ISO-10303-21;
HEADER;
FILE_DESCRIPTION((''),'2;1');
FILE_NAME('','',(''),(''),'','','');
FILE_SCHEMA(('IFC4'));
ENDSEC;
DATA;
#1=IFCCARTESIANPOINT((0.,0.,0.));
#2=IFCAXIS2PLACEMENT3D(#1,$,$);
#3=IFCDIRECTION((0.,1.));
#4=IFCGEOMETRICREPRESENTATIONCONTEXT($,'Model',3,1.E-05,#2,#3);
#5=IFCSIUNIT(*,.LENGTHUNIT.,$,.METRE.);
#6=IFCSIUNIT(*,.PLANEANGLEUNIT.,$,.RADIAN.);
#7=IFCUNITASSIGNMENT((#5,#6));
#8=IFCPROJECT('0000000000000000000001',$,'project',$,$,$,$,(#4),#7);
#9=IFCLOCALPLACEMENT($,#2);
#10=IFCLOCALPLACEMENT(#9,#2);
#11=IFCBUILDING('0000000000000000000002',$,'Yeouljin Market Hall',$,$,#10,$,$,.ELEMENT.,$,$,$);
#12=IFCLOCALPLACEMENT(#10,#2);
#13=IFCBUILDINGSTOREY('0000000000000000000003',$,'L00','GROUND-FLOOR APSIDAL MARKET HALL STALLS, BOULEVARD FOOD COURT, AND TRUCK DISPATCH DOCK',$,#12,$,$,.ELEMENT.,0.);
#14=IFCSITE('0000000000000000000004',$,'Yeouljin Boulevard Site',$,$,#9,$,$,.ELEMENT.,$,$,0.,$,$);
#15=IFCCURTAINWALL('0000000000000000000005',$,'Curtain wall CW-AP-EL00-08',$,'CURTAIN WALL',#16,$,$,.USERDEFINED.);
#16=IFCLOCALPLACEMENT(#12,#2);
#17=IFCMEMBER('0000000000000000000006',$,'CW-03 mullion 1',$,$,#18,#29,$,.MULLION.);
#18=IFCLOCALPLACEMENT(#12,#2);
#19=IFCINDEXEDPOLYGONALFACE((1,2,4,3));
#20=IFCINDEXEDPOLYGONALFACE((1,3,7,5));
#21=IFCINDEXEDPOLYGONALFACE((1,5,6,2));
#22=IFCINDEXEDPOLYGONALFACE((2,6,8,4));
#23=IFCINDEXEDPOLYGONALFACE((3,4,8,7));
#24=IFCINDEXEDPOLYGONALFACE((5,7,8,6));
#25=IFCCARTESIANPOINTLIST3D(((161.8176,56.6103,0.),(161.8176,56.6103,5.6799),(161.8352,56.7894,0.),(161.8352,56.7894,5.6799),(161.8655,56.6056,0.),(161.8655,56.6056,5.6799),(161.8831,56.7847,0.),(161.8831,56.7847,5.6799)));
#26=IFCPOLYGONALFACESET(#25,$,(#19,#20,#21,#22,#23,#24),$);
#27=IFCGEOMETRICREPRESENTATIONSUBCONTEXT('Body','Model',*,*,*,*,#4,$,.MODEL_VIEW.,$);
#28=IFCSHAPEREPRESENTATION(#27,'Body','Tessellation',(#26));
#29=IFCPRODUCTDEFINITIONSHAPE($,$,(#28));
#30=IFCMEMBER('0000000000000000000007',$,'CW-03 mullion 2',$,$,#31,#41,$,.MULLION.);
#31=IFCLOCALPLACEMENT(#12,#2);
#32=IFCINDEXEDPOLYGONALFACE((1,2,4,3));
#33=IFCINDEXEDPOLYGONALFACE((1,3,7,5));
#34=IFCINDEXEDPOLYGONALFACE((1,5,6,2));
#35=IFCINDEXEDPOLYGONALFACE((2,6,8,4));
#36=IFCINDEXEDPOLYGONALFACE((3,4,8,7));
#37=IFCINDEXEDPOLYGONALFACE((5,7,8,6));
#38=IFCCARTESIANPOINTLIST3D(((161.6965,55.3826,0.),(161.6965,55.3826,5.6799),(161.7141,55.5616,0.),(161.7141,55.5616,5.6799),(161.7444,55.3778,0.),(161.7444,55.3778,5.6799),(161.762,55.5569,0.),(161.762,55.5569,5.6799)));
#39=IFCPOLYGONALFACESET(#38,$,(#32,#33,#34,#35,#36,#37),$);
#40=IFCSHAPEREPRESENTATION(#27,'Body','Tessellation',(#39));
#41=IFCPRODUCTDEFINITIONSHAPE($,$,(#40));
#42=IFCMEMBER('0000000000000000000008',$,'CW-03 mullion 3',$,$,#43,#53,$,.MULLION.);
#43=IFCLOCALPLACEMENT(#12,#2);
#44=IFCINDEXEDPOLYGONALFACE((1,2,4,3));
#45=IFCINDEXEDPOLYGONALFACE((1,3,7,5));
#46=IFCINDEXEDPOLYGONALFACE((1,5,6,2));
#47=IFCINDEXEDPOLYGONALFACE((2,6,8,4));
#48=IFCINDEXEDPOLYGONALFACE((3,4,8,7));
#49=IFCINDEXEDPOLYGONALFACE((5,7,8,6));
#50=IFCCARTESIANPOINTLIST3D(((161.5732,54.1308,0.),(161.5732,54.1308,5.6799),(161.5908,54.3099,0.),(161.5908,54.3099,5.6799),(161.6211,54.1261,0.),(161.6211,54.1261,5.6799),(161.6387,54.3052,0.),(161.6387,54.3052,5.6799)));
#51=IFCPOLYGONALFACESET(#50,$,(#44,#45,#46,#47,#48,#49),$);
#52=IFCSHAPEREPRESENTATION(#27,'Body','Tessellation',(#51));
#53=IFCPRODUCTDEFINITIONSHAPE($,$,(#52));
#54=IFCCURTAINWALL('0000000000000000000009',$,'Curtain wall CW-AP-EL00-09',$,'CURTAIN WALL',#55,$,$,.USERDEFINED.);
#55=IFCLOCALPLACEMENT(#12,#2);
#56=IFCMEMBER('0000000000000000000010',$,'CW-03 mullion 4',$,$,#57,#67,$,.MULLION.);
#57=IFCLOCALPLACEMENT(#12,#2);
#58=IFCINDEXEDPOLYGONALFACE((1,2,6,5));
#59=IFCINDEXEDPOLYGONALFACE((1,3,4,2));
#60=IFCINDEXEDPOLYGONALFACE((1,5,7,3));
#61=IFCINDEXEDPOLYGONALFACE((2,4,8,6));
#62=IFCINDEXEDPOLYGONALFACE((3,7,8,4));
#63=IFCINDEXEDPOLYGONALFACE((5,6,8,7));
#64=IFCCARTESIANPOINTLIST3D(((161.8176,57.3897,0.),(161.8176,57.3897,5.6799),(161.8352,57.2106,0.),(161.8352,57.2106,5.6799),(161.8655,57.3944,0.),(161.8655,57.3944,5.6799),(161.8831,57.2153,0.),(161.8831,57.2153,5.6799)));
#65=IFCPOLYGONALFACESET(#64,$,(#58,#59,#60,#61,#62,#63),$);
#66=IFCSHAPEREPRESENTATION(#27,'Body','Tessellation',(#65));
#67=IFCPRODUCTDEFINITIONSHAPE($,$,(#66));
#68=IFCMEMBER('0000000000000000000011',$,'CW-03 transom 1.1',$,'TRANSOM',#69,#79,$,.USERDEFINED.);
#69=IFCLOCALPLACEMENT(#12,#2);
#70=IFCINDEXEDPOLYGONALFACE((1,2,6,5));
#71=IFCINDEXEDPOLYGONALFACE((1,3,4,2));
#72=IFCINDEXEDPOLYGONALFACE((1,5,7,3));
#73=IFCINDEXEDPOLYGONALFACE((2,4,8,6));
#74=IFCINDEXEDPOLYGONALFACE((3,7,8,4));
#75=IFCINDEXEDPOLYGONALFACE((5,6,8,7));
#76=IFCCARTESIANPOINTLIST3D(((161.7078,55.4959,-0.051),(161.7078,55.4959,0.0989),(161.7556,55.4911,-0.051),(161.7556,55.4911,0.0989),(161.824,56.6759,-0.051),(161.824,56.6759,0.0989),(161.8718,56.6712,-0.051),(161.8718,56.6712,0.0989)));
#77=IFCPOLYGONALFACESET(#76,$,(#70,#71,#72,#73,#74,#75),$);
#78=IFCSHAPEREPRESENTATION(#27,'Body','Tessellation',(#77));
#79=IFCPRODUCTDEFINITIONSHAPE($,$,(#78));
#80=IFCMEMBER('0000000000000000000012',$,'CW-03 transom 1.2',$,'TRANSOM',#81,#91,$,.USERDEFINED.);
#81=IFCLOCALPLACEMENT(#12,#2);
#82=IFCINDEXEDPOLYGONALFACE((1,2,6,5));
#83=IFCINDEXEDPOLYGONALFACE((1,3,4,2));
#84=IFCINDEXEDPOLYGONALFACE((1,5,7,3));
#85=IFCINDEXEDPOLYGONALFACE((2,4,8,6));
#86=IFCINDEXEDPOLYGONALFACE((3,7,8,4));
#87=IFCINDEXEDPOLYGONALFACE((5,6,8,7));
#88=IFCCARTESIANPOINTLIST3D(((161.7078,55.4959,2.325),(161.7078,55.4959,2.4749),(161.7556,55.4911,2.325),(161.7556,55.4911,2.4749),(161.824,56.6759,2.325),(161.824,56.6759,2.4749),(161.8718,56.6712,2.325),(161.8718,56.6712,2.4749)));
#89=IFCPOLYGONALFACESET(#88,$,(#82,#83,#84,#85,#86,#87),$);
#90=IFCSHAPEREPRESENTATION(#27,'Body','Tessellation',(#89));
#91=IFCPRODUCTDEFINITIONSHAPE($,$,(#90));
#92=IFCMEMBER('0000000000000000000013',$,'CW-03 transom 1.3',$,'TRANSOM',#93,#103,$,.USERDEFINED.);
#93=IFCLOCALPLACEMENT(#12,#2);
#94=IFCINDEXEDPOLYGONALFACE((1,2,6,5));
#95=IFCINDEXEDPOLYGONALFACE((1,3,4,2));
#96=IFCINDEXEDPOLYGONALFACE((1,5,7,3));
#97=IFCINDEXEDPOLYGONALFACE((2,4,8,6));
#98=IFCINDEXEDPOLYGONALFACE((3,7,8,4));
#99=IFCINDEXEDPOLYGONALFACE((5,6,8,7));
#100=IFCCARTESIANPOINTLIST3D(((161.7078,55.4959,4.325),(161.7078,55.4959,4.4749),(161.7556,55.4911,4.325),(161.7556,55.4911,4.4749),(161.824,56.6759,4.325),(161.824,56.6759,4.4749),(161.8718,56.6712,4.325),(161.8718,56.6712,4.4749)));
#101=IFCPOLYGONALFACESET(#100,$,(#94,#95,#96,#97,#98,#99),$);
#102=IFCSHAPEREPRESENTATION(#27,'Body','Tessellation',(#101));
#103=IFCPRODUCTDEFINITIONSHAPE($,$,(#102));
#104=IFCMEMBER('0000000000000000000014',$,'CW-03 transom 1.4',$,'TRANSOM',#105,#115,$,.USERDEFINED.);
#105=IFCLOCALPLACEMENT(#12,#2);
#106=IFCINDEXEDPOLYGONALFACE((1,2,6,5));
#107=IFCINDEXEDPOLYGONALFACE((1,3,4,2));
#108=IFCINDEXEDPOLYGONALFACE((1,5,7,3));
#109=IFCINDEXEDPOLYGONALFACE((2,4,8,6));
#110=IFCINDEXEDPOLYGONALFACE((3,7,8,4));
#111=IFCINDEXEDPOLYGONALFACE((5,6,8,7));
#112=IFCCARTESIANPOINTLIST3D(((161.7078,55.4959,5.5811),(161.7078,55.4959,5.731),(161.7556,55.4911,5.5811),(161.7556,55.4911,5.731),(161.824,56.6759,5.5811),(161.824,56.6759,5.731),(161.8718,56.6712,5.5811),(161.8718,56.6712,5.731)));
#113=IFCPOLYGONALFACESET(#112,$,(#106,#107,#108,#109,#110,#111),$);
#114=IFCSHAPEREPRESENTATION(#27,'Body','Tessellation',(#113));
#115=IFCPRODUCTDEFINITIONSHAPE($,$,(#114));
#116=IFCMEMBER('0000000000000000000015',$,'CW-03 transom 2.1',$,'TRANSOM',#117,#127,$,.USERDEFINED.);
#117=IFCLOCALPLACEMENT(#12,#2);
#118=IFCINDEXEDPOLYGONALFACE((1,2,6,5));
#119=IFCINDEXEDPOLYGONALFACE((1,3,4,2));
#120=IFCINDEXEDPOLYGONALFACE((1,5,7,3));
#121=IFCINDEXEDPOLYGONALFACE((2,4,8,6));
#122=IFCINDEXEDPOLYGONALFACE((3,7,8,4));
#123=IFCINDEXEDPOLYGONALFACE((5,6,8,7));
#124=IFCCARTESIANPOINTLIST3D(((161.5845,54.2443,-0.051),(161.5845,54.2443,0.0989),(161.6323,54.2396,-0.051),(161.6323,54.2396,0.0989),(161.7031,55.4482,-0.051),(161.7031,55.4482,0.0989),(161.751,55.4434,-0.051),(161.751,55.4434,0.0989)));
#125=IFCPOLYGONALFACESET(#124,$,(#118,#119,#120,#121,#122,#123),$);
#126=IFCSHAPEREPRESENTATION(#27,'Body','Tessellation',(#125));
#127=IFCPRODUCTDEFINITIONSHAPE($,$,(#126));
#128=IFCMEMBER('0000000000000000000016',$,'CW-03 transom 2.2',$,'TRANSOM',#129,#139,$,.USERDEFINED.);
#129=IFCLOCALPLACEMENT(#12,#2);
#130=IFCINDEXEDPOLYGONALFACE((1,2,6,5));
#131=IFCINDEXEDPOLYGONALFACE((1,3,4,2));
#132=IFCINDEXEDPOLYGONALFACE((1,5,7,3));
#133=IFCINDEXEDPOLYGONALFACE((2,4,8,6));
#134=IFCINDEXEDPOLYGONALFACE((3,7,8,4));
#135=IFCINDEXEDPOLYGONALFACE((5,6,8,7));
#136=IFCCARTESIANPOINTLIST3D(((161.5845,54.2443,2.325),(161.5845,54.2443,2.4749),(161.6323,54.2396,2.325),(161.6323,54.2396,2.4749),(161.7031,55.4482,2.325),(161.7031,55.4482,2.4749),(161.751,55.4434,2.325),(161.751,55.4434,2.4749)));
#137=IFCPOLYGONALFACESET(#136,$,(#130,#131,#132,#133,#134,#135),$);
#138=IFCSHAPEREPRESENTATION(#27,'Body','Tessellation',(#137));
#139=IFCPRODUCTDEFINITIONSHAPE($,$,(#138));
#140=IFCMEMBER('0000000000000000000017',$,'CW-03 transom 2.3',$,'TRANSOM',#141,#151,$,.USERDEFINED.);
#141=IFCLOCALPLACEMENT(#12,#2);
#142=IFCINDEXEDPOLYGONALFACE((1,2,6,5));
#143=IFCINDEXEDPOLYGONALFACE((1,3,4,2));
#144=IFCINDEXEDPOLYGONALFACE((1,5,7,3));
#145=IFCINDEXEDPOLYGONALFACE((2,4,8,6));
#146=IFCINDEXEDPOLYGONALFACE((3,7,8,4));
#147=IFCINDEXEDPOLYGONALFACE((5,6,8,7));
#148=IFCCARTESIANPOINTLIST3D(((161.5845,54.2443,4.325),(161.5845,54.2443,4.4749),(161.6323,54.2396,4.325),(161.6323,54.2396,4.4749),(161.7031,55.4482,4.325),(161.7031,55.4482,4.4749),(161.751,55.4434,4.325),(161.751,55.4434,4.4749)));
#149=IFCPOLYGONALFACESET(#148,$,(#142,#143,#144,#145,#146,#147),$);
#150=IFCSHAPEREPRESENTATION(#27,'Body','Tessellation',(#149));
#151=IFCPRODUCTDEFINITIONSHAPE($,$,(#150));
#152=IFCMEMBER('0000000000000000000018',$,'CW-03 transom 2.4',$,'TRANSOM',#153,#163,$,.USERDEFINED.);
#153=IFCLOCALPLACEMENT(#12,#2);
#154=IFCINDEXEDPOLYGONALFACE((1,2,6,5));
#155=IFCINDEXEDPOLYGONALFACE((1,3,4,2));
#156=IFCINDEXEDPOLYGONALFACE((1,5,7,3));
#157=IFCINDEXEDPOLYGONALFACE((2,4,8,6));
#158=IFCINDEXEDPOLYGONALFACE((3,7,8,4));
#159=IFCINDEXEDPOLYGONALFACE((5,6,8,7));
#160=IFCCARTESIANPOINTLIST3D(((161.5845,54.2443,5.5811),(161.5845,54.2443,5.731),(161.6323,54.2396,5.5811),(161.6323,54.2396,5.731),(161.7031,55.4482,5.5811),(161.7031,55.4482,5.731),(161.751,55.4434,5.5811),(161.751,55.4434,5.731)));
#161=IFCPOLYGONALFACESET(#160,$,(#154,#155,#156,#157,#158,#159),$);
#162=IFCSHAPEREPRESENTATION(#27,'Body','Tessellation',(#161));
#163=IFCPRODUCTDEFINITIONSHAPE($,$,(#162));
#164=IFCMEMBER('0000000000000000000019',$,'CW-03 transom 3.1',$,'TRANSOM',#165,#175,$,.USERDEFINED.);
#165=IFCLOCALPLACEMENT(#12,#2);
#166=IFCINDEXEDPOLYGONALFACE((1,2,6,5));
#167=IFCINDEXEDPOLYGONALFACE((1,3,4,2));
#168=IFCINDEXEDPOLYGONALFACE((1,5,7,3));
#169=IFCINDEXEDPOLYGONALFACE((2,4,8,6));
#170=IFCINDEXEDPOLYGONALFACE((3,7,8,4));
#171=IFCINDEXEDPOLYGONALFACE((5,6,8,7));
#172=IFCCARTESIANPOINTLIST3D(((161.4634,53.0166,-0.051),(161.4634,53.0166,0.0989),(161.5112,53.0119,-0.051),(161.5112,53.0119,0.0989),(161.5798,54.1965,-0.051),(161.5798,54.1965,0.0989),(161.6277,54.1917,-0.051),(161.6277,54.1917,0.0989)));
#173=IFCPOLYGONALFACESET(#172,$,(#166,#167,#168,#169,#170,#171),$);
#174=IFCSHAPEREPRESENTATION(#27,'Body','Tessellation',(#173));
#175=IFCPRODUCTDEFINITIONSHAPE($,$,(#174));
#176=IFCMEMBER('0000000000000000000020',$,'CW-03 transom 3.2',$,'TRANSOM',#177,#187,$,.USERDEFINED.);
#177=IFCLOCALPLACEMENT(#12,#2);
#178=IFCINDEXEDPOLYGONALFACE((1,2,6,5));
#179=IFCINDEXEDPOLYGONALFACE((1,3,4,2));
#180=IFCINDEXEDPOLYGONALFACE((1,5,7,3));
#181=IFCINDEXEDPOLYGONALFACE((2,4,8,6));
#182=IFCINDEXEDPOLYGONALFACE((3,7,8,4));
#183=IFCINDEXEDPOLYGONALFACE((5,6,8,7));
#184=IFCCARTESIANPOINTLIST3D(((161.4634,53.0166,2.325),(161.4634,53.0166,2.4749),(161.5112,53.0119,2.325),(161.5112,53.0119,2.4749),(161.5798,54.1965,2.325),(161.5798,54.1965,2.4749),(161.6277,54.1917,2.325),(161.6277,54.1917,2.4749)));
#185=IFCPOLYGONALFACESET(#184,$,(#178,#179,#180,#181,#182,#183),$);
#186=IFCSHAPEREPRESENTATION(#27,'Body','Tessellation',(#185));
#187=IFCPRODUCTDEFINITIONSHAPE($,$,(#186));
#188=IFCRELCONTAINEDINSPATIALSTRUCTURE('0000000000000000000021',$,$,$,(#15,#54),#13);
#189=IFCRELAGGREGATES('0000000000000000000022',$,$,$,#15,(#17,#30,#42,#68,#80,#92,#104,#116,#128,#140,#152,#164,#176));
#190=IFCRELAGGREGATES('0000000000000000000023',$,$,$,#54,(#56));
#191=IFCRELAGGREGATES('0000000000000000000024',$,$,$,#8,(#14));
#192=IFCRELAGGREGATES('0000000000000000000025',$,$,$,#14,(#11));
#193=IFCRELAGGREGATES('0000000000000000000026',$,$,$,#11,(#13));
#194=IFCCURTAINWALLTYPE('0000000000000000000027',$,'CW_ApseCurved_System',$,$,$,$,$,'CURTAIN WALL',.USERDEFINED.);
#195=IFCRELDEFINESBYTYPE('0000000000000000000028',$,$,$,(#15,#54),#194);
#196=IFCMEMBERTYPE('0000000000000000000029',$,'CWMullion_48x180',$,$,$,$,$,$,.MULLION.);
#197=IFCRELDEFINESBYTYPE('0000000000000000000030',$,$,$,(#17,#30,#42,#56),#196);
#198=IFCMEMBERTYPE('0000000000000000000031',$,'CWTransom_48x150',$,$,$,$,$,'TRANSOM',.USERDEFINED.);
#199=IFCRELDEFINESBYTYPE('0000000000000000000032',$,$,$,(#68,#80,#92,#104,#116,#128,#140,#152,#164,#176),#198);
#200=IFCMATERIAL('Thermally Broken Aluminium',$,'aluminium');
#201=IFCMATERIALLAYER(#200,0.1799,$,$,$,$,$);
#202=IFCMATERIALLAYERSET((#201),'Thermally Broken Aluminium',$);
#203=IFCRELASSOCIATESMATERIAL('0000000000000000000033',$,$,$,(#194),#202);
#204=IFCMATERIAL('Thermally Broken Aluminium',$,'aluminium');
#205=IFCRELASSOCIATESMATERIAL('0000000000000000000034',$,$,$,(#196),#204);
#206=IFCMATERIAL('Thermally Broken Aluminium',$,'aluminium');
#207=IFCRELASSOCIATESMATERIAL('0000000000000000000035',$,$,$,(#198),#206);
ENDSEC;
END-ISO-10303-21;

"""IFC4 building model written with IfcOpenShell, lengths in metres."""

from ifc_helpers import new_model, si_unit, direction, frame, origin, origin_2d, place, context, subcontext, project, spatial, rectangle, extrude, material, layer, layer_set, material_profile, profile_set, type_object, element, aggregate, save


model = new_model("IFC4")

# Units and contexts
model_context = context("Model", 3, precision=1e-05, world=origin(), true_north=direction((0.0, 1.0)))
body_context = subcontext(model_context, "Body", "Model", "MODEL_VIEW")
ifc_project = project(units=[si_unit("LENGTHUNIT", "METRE"), si_unit("PLANEANGLEUNIT", "RADIAN")], contexts=[model_context])

# Site, building, storey
site_placement = place(None, origin())
site = spatial("IfcSite", under=ifc_project, at=site_placement, Name="Yeouljin Boulevard Site", CompositionType="ELEMENT", RefElevation=0.0)
building_placement = place(site_placement, origin())
building = spatial("IfcBuilding", under=site, at=building_placement, Name="Yeouljin Market Hall", CompositionType="ELEMENT")
storey_placement = place(building_placement, origin())
storey = spatial("IfcBuildingStorey", under=building, at=storey_placement, Name="L00", Description="GROUND-FLOOR APSIDAL MARKET HALL STALLS, BOULEVARD FOOD COURT, AND TRUCK DISPATCH DOCK", CompositionType="ELEMENT", Elevation=0.0)

# Curtain wall, members
ifc_material_1 = material(Name="Thermally Broken Aluminium", Category="aluminium")
ifc_layer_1 = layer(ifc_material_1, 0.1799)
ifc_layer_set_1 = layer_set([ifc_layer_1], Name="Thermally Broken Aluminium")
curtain_wall_type = type_object("IfcCurtainWallType", Name="CW_ApseCurved_System", ElementType="CURTAIN WALL", PredefinedType="USERDEFINED", material=ifc_layer_set_1)
curtain_wall_1_placement = place(storey_placement, origin())
curtain_wall_1 = element("IfcCurtainWall", 1, at=curtain_wall_1_placement, inside=storey, type_object=curtain_wall_type, Name="Curtain wall CW-AP-EL00-08", ObjectType="CURTAIN WALL", PredefinedType="USERDEFINED")
ifc_material_2 = material(Name="Thermally Broken Aluminium", Category="aluminium")
ifc_material_profile_1 = material_profile(ifc_material_2, rectangle(XDim=0.0481, YDim=0.1799, at=origin_2d()), Name="CW-MULL-48x180")
ifc_profile_set_1 = profile_set([ifc_material_profile_1], Name="Thermally Broken Aluminium")
member_type_1 = type_object("IfcMemberType", Name="CWMullion_48x180", PredefinedType="MULLION", material=ifc_profile_set_1)
member_1_placement = place(storey_placement, frame((161.8503, 56.6975, 0.0), z_axis=(0.0, 0.0, 1.0), x_axis=(0.995183, -0.098034, 0.0)))
member_1 = element("IfcMember", 2, at=member_1_placement, type_object=member_type_1, Name="CW-03 mullion 1", PredefinedType="MULLION", context=body_context, shape_type="SweptSolid", body=[
    extrude(rectangle(XDim=0.0481, YDim=0.1799, at=origin_2d()), origin(), (0.0, 0.0, 1.0), 5.6799),
])
member_2_placement = place(storey_placement, frame((161.7292, 55.4697, 0.0), z_axis=(0.0, 0.0, 1.0), x_axis=(0.995183, -0.098034, 0.0)))
member_2 = element("IfcMember", 3, at=member_2_placement, type_object=member_type_1, Name="CW-03 mullion 2", PredefinedType="MULLION", context=body_context, shape_type="SweptSolid", body=[
    extrude(rectangle(XDim=0.0481, YDim=0.1799, at=origin_2d()), origin(), (0.0, 0.0, 1.0), 5.6799),
])
member_3_placement = place(storey_placement, frame((161.606, 54.218, 0.0), z_axis=(0.0, 0.0, 1.0), x_axis=(0.995183, -0.098034, 0.0)))
member_3 = element("IfcMember", 4, at=member_3_placement, type_object=member_type_1, Name="CW-03 mullion 3", PredefinedType="MULLION", context=body_context, shape_type="SweptSolid", body=[
    extrude(rectangle(XDim=0.0481, YDim=0.1799, at=origin_2d()), origin(), (0.0, 0.0, 1.0), 5.6799),
])

# Curtain wall, member
curtain_wall_2_placement = place(storey_placement, origin())
curtain_wall_2 = element("IfcCurtainWall", 5, at=curtain_wall_2_placement, inside=storey, type_object=curtain_wall_type, Name="Curtain wall CW-AP-EL00-09", ObjectType="CURTAIN WALL", PredefinedType="USERDEFINED")
member_4_placement = place(storey_placement, frame((161.8503, 57.3025, 0.0), z_axis=(0.0, 0.0, 1.0), x_axis=(0.995183, 0.098034, 0.0)))
member_4 = element("IfcMember", 6, at=member_4_placement, type_object=member_type_1, Name="CW-03 mullion 4", PredefinedType="MULLION", context=body_context, shape_type="SweptSolid", body=[
    extrude(rectangle(XDim=0.0481, YDim=0.1799, at=origin_2d()), origin(), (0.0, 0.0, 1.0), 5.6799),
])

# Members
ifc_material_3 = material(Name="Thermally Broken Aluminium", Category="aluminium")
ifc_material_profile_2 = material_profile(ifc_material_3, rectangle(XDim=0.0481, YDim=0.1499, at=origin_2d()), Name="CW-TRAN-48x150")
ifc_profile_set_2 = profile_set([ifc_material_profile_2], Name="Thermally Broken Aluminium")
member_type_2 = type_object("IfcMemberType", Name="CWTransom_48x150", ElementType="TRANSOM", PredefinedType="USERDEFINED", material=ifc_profile_set_2)
member_5_placement = place(storey_placement, frame((161.8479, 56.6736, 0.0239), z_axis=(-0.097995, -0.995187, 0.0), x_axis=(0.995187, -0.097995, 0.0)))
member_5 = element("IfcMember", 7, at=member_5_placement, type_object=member_type_2, Name="CW-03 transom 1.1", ObjectType="TRANSOM", PredefinedType="USERDEFINED", context=body_context, shape_type="SweptSolid", body=[
    extrude(rectangle(XDim=0.0481, YDim=0.1499, at=origin_2d()), origin(), (0.0, 0.0, 1.0), 1.1858),
])
member_6_placement = place(storey_placement, frame((161.8479, 56.6736, 2.3999), z_axis=(-0.097995, -0.995187, 0.0), x_axis=(0.995187, -0.097995, 0.0)))
member_6 = element("IfcMember", 8, at=member_6_placement, type_object=member_type_2, Name="CW-03 transom 1.2", ObjectType="TRANSOM", PredefinedType="USERDEFINED", context=body_context, shape_type="SweptSolid", body=[
    extrude(rectangle(XDim=0.0481, YDim=0.1499, at=origin_2d()), origin(), (0.0, 0.0, 1.0), 1.1858),
])
member_7_placement = place(storey_placement, frame((161.8479, 56.6736, 4.3999), z_axis=(-0.097995, -0.995187, 0.0), x_axis=(0.995187, -0.097995, 0.0)))
member_7 = element("IfcMember", 9, at=member_7_placement, type_object=member_type_2, Name="CW-03 transom 1.3", ObjectType="TRANSOM", PredefinedType="USERDEFINED", context=body_context, shape_type="SweptSolid", body=[
    extrude(rectangle(XDim=0.0481, YDim=0.1499, at=origin_2d()), origin(), (0.0, 0.0, 1.0), 1.1858),
])
member_8_placement = place(storey_placement, frame((161.8479, 56.6736, 5.656), z_axis=(-0.097995, -0.995187, 0.0), x_axis=(0.995187, -0.097995, 0.0)))
member_8 = element("IfcMember", 10, at=member_8_placement, type_object=member_type_2, Name="CW-03 transom 1.4", ObjectType="TRANSOM", PredefinedType="USERDEFINED", context=body_context, shape_type="SweptSolid", body=[
    extrude(rectangle(XDim=0.0481, YDim=0.1499, at=origin_2d()), origin(), (0.0, 0.0, 1.0), 1.1858),
])
member_9_placement = place(storey_placement, frame((161.7271, 55.4458, 0.0239), z_axis=(-0.098085, -0.995178, 0.0), x_axis=(0.995178, -0.098085, 0.0)))
member_9 = element("IfcMember", 11, at=member_9_placement, type_object=member_type_2, Name="CW-03 transom 2.1", ObjectType="TRANSOM", PredefinedType="USERDEFINED", context=body_context, shape_type="SweptSolid", body=[
    extrude(rectangle(XDim=0.0481, YDim=0.1499, at=origin_2d()), origin(), (0.0, 0.0, 1.0), 1.2097),
])
member_10_placement = place(storey_placement, frame((161.7271, 55.4458, 2.3999), z_axis=(-0.098085, -0.995178, 0.0), x_axis=(0.995178, -0.098085, 0.0)))
member_10 = element("IfcMember", 12, at=member_10_placement, type_object=member_type_2, Name="CW-03 transom 2.2", ObjectType="TRANSOM", PredefinedType="USERDEFINED", context=body_context, shape_type="SweptSolid", body=[
    extrude(rectangle(XDim=0.0481, YDim=0.1499, at=origin_2d()), origin(), (0.0, 0.0, 1.0), 1.2097),
])
member_11_placement = place(storey_placement, frame((161.7271, 55.4458, 4.3999), z_axis=(-0.098085, -0.995178, 0.0), x_axis=(0.995178, -0.098085, 0.0)))
member_11 = element("IfcMember", 13, at=member_11_placement, type_object=member_type_2, Name="CW-03 transom 2.3", ObjectType="TRANSOM", PredefinedType="USERDEFINED", context=body_context, shape_type="SweptSolid", body=[
    extrude(rectangle(XDim=0.0481, YDim=0.1499, at=origin_2d()), origin(), (0.0, 0.0, 1.0), 1.2097),
])
member_12_placement = place(storey_placement, frame((161.7271, 55.4458, 5.656), z_axis=(-0.098085, -0.995178, 0.0), x_axis=(0.995178, -0.098085, 0.0)))
member_12 = element("IfcMember", 14, at=member_12_placement, type_object=member_type_2, Name="CW-03 transom 2.4", ObjectType="TRANSOM", PredefinedType="USERDEFINED", context=body_context, shape_type="SweptSolid", body=[
    extrude(rectangle(XDim=0.0481, YDim=0.1499, at=origin_2d()), origin(), (0.0, 0.0, 1.0), 1.2097),
])
member_13_placement = place(storey_placement, frame((161.6038, 54.1941, 0.0239), z_axis=(-0.098219, -0.995165, 0.0), x_axis=(0.995165, -0.098219, 0.0)))
member_13 = element("IfcMember", 15, at=member_13_placement, type_object=member_type_2, Name="CW-03 transom 3.1", ObjectType="TRANSOM", PredefinedType="USERDEFINED", context=body_context, shape_type="SweptSolid", body=[
    extrude(rectangle(XDim=0.0481, YDim=0.1499, at=origin_2d()), origin(), (0.0, 0.0, 1.0), 1.1855),
])
member_14_placement = place(storey_placement, frame((161.6038, 54.1941, 2.3999), z_axis=(-0.098219, -0.995165, 0.0), x_axis=(0.995165, -0.098219, 0.0)))
member_14 = element("IfcMember", 16, at=member_14_placement, type_object=member_type_2, Name="CW-03 transom 3.2", ObjectType="TRANSOM", PredefinedType="USERDEFINED", context=body_context, shape_type="SweptSolid", body=[
    extrude(rectangle(XDim=0.0481, YDim=0.1499, at=origin_2d()), origin(), (0.0, 0.0, 1.0), 1.1855),
])

aggregate(curtain_wall_1, [member_1, member_2, member_3, member_5, member_6, member_7, member_8, member_9, member_10, member_11, member_12, member_13, member_14])
aggregate(curtain_wall_2, [member_4])

save(model, "model.ifc")
